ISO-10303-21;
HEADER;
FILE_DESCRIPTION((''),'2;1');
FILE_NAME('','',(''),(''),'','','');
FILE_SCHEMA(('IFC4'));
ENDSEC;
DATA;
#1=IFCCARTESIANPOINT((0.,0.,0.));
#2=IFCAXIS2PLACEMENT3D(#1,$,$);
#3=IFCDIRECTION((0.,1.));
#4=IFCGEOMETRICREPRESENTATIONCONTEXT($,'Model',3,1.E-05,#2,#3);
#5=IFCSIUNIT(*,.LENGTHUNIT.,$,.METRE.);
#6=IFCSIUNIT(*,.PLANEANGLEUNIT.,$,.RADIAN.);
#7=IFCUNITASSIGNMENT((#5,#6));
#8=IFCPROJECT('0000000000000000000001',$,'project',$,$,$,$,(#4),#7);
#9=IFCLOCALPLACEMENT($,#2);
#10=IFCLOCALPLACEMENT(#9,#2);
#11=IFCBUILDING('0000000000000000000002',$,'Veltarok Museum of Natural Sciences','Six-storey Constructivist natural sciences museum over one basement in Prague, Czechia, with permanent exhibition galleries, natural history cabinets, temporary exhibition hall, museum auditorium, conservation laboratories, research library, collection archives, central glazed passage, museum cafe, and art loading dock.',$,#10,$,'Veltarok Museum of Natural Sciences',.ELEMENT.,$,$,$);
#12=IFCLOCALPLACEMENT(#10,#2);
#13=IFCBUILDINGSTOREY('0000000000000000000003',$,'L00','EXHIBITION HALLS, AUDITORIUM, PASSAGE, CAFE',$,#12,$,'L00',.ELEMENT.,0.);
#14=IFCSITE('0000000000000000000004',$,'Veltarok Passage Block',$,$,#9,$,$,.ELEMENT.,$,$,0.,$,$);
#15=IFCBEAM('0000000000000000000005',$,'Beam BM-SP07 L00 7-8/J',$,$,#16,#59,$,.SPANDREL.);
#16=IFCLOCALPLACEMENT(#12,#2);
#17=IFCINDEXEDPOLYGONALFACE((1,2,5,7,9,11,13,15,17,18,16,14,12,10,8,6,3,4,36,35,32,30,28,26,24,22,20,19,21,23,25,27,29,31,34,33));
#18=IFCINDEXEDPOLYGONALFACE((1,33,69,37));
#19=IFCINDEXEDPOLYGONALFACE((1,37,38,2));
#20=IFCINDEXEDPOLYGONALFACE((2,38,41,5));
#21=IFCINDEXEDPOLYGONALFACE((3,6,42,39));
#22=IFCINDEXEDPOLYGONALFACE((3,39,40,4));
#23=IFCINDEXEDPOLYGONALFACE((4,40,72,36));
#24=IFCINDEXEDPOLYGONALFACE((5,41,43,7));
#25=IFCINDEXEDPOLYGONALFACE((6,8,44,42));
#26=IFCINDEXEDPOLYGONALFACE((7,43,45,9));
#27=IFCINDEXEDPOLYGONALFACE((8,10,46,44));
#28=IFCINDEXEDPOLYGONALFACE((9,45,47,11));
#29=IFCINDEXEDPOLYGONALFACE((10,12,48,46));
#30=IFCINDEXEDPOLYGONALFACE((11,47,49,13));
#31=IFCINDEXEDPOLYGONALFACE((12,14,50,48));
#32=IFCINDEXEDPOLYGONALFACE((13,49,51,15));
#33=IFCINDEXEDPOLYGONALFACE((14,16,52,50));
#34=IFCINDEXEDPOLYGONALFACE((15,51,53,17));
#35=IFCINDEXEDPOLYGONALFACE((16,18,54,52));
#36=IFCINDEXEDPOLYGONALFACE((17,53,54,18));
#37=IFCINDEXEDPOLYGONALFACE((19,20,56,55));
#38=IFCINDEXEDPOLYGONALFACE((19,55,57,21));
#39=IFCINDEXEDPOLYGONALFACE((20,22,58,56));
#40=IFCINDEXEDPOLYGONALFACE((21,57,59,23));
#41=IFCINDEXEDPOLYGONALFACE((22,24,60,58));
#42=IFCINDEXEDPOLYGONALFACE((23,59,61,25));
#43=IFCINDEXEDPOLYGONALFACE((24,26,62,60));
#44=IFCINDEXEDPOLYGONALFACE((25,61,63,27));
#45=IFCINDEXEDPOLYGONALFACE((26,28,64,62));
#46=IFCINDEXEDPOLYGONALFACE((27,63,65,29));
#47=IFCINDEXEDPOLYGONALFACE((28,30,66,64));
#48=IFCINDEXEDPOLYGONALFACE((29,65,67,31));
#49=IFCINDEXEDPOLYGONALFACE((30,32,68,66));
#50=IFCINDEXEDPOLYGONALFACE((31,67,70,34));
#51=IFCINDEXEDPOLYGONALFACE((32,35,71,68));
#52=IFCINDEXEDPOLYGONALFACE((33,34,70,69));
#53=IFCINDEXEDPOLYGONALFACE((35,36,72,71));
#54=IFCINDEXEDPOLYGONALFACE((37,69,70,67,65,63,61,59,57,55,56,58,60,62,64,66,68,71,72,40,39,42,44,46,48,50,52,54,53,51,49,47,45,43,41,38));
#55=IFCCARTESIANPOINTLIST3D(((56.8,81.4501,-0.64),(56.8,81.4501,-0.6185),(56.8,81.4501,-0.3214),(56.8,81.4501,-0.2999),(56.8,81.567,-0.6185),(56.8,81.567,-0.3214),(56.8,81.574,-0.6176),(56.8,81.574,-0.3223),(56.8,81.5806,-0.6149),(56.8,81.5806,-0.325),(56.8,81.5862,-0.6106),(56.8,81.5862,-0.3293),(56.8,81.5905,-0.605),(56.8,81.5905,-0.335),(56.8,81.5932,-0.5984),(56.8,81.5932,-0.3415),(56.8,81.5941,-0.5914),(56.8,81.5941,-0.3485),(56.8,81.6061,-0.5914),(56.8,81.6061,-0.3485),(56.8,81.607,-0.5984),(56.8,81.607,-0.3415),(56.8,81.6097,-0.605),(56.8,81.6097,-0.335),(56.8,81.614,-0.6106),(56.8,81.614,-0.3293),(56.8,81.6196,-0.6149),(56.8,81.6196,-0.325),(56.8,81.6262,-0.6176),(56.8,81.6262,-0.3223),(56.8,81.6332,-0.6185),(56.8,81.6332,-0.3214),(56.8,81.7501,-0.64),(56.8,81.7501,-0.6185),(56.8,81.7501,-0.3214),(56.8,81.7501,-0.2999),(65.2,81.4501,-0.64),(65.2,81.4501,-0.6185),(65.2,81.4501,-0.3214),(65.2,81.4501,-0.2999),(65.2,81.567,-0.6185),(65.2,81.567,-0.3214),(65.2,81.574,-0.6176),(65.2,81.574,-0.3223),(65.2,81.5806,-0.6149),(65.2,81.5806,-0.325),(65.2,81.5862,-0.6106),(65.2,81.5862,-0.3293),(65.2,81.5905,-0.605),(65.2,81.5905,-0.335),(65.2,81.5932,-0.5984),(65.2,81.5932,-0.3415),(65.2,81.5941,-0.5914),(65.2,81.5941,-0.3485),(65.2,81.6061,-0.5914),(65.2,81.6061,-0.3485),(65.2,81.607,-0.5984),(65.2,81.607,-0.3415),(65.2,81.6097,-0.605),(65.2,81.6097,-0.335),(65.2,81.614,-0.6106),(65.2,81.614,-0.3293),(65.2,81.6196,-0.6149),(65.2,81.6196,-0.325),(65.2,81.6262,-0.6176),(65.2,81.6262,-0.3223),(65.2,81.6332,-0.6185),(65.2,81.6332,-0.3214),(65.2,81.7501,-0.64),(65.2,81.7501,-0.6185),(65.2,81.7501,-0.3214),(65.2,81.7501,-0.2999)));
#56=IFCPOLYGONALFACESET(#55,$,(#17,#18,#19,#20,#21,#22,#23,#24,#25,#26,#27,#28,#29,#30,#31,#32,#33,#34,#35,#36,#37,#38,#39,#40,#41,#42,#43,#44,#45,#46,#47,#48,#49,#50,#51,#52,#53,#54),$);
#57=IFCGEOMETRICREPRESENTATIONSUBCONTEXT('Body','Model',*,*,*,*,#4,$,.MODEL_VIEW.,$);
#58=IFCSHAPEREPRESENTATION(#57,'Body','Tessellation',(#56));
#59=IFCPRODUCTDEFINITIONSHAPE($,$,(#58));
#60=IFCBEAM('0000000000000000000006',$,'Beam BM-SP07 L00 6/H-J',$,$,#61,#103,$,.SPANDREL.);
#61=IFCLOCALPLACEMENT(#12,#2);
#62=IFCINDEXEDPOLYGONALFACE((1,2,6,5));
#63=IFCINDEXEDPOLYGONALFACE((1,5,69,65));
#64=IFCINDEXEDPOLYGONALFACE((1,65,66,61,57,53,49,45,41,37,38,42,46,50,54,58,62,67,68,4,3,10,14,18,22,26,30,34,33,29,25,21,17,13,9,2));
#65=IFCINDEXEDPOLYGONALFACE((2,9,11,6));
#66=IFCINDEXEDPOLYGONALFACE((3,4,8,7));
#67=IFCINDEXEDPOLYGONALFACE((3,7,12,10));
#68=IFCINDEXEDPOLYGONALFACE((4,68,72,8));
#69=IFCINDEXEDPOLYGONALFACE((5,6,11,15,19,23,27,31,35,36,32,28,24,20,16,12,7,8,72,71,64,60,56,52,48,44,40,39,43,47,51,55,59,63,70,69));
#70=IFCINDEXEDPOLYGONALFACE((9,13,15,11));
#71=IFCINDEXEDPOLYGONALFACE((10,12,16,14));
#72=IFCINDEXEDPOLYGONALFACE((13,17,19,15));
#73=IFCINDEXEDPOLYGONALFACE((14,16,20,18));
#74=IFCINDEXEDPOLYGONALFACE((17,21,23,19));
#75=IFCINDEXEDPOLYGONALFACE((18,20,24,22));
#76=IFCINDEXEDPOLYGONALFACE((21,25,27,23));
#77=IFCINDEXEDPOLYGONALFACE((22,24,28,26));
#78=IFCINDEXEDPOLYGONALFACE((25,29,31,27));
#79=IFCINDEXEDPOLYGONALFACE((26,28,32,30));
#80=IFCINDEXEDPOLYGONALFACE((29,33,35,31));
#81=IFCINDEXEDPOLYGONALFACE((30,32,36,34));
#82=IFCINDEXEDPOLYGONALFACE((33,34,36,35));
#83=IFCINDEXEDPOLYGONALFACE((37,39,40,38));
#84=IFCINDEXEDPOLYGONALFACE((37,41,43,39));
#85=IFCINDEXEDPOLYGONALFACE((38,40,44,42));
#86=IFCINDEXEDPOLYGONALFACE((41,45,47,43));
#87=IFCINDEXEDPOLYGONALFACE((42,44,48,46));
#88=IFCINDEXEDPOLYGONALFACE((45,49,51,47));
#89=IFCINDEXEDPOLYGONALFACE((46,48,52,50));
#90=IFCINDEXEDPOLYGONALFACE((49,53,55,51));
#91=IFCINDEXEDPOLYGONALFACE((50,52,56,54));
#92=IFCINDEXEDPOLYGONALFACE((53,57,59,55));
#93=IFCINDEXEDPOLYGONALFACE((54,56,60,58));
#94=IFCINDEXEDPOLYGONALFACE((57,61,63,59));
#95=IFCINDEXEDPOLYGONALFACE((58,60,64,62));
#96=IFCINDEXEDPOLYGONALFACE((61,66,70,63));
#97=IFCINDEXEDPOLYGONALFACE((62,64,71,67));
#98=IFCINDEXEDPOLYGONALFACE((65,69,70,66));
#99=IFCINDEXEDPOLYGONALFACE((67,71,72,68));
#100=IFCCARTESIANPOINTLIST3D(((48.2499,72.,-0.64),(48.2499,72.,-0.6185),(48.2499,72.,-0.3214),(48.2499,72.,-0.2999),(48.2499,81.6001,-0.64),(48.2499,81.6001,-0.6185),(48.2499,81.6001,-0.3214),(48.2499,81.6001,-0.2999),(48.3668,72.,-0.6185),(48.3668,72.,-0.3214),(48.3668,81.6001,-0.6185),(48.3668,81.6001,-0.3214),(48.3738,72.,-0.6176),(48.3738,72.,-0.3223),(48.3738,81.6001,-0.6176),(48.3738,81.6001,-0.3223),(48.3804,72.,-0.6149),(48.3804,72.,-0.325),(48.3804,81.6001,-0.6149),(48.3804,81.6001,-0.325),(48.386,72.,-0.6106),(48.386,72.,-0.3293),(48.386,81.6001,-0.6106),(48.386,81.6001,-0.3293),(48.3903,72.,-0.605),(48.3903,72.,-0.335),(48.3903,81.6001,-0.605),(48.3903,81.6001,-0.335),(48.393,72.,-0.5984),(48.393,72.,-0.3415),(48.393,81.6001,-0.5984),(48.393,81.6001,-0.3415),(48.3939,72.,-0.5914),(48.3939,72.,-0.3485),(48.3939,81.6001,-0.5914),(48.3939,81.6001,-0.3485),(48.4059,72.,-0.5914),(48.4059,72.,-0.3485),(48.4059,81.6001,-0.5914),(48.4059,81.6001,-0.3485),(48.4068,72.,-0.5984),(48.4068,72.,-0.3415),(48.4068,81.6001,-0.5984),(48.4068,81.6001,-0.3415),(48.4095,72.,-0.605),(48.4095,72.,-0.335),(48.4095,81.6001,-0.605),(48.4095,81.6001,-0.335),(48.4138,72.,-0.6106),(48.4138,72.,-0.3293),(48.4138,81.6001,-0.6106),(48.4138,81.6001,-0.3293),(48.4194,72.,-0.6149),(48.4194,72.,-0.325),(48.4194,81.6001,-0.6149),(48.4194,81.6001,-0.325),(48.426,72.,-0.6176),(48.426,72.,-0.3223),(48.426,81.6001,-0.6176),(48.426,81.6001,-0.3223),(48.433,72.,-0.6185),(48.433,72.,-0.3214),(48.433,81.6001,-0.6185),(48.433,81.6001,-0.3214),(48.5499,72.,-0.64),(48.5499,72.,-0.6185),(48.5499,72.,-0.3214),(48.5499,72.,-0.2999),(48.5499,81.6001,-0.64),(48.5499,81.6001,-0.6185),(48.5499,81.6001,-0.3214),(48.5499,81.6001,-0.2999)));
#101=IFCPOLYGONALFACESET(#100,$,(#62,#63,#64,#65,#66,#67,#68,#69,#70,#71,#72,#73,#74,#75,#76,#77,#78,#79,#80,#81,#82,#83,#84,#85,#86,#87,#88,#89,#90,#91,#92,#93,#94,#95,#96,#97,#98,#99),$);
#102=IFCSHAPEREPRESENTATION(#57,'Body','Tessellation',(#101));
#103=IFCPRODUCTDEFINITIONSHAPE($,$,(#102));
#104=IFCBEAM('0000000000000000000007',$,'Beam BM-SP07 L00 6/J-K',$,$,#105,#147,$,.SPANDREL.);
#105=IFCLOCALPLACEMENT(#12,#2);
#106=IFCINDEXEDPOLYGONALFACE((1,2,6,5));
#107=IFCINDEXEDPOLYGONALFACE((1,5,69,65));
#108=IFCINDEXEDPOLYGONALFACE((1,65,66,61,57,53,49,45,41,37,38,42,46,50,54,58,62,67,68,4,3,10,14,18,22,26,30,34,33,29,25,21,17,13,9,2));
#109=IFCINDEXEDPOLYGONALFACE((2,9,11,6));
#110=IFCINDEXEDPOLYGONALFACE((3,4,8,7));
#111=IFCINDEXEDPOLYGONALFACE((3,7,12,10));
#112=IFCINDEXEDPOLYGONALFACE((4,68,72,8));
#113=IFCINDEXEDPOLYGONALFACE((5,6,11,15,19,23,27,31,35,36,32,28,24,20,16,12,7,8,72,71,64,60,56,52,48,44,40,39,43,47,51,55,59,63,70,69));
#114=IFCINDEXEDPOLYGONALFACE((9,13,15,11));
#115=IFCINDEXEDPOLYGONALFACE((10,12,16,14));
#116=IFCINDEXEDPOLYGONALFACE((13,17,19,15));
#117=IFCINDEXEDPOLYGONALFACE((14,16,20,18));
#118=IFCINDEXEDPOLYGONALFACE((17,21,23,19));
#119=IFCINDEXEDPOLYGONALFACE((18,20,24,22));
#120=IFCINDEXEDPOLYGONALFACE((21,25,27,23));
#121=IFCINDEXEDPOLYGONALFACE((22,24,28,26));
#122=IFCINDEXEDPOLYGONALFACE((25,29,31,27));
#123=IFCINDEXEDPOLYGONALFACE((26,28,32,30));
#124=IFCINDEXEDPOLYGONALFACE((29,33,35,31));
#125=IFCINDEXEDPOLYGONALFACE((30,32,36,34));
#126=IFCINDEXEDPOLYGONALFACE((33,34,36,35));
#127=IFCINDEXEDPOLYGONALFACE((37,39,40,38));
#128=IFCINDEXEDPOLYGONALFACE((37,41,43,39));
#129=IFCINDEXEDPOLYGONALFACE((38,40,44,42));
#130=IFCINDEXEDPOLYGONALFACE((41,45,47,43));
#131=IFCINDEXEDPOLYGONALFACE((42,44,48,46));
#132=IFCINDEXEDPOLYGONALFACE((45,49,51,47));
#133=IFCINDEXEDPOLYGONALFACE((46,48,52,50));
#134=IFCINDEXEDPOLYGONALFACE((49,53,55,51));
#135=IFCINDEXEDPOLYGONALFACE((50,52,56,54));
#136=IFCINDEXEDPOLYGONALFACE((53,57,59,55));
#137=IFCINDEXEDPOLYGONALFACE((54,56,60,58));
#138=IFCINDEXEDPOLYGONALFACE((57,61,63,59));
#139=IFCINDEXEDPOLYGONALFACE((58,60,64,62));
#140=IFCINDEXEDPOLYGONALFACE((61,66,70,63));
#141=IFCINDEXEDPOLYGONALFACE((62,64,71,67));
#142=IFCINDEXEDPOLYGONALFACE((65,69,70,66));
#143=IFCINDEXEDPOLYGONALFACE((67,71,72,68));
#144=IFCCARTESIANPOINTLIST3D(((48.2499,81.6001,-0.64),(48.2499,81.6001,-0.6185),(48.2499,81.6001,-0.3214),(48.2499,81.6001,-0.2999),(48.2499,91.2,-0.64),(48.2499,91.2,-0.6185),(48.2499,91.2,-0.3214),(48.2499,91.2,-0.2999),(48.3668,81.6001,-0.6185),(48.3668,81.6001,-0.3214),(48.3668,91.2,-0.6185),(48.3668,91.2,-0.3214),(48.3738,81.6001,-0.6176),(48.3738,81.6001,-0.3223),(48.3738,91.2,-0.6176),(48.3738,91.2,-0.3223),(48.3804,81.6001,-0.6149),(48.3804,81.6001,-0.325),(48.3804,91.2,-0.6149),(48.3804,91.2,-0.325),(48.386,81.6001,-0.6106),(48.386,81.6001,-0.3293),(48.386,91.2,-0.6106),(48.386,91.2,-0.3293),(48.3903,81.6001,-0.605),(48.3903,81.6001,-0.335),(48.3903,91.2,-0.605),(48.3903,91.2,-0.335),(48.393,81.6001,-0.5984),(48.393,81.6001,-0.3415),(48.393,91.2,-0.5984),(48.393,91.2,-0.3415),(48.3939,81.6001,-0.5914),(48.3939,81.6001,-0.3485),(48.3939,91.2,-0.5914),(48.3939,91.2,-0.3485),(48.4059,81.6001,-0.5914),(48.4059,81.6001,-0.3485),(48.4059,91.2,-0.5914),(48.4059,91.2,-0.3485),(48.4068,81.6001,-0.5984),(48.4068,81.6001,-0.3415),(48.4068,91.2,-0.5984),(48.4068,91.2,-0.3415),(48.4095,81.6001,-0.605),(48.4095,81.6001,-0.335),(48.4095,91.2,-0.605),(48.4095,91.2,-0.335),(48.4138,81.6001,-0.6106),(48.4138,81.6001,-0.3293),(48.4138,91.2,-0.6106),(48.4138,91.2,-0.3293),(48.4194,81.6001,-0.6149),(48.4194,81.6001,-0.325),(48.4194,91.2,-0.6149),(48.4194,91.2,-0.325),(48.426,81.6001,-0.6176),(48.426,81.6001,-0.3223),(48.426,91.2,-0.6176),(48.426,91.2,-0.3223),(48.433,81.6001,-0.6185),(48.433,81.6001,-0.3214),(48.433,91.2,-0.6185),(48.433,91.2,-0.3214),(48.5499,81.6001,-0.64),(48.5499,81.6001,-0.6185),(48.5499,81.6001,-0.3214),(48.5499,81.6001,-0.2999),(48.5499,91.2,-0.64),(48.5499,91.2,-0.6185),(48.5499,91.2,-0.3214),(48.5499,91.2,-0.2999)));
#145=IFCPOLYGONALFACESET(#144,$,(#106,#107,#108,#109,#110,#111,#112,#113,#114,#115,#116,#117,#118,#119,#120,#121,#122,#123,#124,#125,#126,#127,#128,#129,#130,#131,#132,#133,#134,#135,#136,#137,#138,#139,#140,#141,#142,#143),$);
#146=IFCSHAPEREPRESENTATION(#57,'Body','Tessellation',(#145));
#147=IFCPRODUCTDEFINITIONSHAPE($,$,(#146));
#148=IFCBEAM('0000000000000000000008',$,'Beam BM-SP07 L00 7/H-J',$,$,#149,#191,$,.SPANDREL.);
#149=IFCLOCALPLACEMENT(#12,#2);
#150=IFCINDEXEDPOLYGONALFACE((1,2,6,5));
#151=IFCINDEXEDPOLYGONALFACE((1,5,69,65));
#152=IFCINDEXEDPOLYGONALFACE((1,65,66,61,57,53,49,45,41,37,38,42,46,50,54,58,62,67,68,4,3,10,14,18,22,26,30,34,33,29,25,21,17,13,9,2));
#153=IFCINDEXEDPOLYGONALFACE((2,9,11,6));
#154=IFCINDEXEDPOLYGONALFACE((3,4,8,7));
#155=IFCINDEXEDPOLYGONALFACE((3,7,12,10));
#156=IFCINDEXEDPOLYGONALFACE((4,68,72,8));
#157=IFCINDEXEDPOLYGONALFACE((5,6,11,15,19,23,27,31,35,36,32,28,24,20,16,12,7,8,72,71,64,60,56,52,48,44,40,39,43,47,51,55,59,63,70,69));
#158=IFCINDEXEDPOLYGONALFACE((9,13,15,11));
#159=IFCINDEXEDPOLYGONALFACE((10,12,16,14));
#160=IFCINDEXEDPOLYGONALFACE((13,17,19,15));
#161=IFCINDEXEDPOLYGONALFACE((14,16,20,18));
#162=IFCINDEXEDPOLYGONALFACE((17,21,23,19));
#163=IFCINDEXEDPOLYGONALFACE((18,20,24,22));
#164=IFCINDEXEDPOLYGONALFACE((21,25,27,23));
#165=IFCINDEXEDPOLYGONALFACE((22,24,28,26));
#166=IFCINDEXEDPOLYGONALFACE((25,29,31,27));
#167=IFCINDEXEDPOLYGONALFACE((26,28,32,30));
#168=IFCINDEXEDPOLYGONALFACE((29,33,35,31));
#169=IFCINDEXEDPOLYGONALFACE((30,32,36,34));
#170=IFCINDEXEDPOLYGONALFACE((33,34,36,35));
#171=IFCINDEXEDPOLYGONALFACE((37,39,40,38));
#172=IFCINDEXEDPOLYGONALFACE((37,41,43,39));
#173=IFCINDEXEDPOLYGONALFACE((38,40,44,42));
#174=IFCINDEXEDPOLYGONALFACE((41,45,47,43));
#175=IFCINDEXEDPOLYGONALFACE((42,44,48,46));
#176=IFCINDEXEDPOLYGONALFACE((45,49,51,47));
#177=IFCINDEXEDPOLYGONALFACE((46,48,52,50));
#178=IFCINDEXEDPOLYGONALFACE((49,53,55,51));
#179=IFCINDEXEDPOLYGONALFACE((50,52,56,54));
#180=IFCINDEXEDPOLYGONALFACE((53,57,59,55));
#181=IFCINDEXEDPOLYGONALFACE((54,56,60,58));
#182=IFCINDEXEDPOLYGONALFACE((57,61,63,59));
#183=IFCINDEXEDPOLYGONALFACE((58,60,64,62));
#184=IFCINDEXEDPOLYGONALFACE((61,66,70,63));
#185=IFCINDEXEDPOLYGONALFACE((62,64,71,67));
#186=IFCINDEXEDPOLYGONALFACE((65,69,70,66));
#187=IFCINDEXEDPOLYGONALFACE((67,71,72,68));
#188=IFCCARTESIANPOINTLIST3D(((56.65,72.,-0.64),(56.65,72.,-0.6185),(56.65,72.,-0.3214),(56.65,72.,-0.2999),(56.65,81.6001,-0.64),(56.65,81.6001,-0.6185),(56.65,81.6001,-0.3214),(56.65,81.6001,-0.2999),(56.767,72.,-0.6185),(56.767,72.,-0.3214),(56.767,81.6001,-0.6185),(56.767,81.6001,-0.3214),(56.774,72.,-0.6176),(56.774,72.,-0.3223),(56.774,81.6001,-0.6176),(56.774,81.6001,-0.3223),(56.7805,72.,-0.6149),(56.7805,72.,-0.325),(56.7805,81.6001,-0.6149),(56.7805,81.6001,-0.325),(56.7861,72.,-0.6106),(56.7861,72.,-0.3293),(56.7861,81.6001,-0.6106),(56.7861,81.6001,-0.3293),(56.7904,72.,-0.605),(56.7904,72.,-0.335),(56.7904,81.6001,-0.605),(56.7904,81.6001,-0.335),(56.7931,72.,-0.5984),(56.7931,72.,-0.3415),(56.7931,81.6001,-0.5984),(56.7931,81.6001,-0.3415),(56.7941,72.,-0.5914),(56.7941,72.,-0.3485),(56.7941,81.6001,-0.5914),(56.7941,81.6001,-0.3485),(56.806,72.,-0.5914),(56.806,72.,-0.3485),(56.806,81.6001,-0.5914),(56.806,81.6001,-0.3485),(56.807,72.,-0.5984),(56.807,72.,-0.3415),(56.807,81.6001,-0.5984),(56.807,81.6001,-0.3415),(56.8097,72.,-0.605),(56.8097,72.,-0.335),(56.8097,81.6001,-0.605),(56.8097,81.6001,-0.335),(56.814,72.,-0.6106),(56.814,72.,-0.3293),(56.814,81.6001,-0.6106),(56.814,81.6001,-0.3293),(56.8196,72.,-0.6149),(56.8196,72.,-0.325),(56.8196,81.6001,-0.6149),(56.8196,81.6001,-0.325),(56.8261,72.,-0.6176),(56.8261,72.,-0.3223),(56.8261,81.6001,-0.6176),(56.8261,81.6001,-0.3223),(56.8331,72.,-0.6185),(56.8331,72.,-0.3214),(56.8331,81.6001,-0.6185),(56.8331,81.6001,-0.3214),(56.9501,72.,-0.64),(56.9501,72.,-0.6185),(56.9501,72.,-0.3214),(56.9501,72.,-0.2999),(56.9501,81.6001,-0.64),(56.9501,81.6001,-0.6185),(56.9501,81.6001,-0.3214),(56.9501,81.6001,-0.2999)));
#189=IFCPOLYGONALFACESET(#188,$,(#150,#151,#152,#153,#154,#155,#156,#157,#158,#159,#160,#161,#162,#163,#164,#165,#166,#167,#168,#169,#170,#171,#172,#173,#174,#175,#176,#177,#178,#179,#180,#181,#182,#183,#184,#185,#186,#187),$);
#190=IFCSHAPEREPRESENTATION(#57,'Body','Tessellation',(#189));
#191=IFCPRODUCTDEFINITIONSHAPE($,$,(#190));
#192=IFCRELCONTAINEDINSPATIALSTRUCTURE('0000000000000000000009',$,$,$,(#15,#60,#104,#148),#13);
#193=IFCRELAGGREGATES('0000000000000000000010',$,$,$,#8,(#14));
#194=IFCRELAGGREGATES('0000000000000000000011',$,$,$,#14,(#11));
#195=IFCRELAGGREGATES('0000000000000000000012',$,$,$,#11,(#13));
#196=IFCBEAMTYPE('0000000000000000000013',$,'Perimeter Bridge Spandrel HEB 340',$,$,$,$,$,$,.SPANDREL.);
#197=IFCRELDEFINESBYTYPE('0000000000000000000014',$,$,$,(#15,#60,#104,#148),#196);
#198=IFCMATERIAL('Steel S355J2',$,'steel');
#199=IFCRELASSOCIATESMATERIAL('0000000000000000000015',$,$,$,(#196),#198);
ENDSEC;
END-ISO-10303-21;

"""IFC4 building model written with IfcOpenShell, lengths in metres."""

from ifc_helpers import new_model, si_unit, direction, frame, origin, origin_2d, place, context, subcontext, project, spatial, i_section, extrude, material, material_profile, profile_set, type_object, element, save


model = new_model("IFC4")

# Units and contexts
model_context = context("Model", 3, precision=1e-05, world=origin(), true_north=direction((0.0, 1.0)))
body_context = subcontext(model_context, "Body", "Model", "MODEL_VIEW")
ifc_project = project(units=[si_unit("LENGTHUNIT", "METRE"), si_unit("PLANEANGLEUNIT", "RADIAN")], contexts=[model_context])

# Site, building, storey
site_placement = place(None, origin())
site = spatial("IfcSite", under=ifc_project, at=site_placement, Name="Veltarok Passage Block", CompositionType="ELEMENT", RefElevation=0.0)
building_placement = place(site_placement, origin())
building = spatial("IfcBuilding", under=site, at=building_placement, Name="Veltarok Museum of Natural Sciences", Description="Six-storey Constructivist natural sciences museum over one basement in Prague, Czechia, with permanent exhibition galleries, natural history cabinets, temporary exhibition hall, museum auditorium, conservation laboratories, research library, collection archives, central glazed passage, museum cafe, and art loading dock.", LongName="Veltarok Museum of Natural Sciences", CompositionType="ELEMENT")
storey_placement = place(building_placement, origin())
storey = spatial("IfcBuildingStorey", under=building, at=storey_placement, Name="L00", Description="EXHIBITION HALLS, AUDITORIUM, PASSAGE, CAFE", LongName="L00", CompositionType="ELEMENT", Elevation=0.0)

# Shared definitions
ifc_material_1 = material(Name="Steel S355J2", Category="steel")

# Beams
ifc_material_profile_1 = material_profile(ifc_material_1, i_section(OverallWidth=0.3, OverallDepth=0.3401, WebThickness=0.012, FlangeThickness=0.0215, FilletRadius=0.0271, at=origin_2d()), Name="HEB 340")
ifc_profile_set_1 = profile_set([ifc_material_profile_1], Name="Steel S355J2")
beam_type = type_object("IfcBeamType", Name="Perimeter Bridge Spandrel HEB 340", PredefinedType="SPANDREL", material=ifc_profile_set_1)
for number, where, z_axis, x_axis, name in (
    (1, (56.8, 81.6001, -0.47), (1.0, 0.0, 0.0), (0.0, 1.0, 0.0), "Beam BM-SP07 L00 7-8/J"),
):
    element("IfcBeam", number, at=place(storey_placement, frame(where, z_axis=z_axis, x_axis=x_axis)), inside=storey, type_object=beam_type, Name=name, PredefinedType="SPANDREL", context=body_context, shape_type="SweptSolid", body=[
        extrude(i_section(OverallWidth=0.3, OverallDepth=0.3401, WebThickness=0.012, FlangeThickness=0.0215, FilletRadius=0.0271, at=origin_2d()), origin(), (0.0, 0.0, 1.0), 8.3999),
    ])
beam_1_placement = place(storey_placement, frame((48.3999, 72.0, -0.47), z_axis=(0.0, 1.0, 0.0), x_axis=(-1.0, 0.0, 0.0)))
element("IfcBeam", 2, at=beam_1_placement, inside=storey, type_object=beam_type, Name="Beam BM-SP07 L00 6/H-J", PredefinedType="SPANDREL", context=body_context, shape_type="SweptSolid", body=[
    extrude(i_section(OverallWidth=0.3, OverallDepth=0.3401, WebThickness=0.012, FlangeThickness=0.0215, FilletRadius=0.0271, at=origin_2d()), origin(), (0.0, 0.0, 1.0), 9.6001),
])
beam_2_placement = place(storey_placement, frame((48.3999, 81.6001, -0.47), z_axis=(0.0, 1.0, 0.0), x_axis=(-1.0, 0.0, 0.0)))
element("IfcBeam", 3, at=beam_2_placement, inside=storey, type_object=beam_type, Name="Beam BM-SP07 L00 6/J-K", PredefinedType="SPANDREL", context=body_context, shape_type="SweptSolid", body=[
    extrude(i_section(OverallWidth=0.3, OverallDepth=0.3401, WebThickness=0.012, FlangeThickness=0.0215, FilletRadius=0.0271, at=origin_2d()), origin(), (0.0, 0.0, 1.0), 9.5999),
])
beam_3_placement = place(storey_placement, frame((56.8, 72.0, -0.47), z_axis=(0.0, 1.0, 0.0), x_axis=(-1.0, 0.0, 0.0)))
element("IfcBeam", 4, at=beam_3_placement, inside=storey, type_object=beam_type, Name="Beam BM-SP07 L00 7/H-J", PredefinedType="SPANDREL", context=body_context, shape_type="SweptSolid", body=[
    extrude(i_section(OverallWidth=0.3, OverallDepth=0.3401, WebThickness=0.012, FlangeThickness=0.0215, FilletRadius=0.0271, at=origin_2d()), origin(), (0.0, 0.0, 1.0), 9.6001),
])

save(model, "model.ifc")
